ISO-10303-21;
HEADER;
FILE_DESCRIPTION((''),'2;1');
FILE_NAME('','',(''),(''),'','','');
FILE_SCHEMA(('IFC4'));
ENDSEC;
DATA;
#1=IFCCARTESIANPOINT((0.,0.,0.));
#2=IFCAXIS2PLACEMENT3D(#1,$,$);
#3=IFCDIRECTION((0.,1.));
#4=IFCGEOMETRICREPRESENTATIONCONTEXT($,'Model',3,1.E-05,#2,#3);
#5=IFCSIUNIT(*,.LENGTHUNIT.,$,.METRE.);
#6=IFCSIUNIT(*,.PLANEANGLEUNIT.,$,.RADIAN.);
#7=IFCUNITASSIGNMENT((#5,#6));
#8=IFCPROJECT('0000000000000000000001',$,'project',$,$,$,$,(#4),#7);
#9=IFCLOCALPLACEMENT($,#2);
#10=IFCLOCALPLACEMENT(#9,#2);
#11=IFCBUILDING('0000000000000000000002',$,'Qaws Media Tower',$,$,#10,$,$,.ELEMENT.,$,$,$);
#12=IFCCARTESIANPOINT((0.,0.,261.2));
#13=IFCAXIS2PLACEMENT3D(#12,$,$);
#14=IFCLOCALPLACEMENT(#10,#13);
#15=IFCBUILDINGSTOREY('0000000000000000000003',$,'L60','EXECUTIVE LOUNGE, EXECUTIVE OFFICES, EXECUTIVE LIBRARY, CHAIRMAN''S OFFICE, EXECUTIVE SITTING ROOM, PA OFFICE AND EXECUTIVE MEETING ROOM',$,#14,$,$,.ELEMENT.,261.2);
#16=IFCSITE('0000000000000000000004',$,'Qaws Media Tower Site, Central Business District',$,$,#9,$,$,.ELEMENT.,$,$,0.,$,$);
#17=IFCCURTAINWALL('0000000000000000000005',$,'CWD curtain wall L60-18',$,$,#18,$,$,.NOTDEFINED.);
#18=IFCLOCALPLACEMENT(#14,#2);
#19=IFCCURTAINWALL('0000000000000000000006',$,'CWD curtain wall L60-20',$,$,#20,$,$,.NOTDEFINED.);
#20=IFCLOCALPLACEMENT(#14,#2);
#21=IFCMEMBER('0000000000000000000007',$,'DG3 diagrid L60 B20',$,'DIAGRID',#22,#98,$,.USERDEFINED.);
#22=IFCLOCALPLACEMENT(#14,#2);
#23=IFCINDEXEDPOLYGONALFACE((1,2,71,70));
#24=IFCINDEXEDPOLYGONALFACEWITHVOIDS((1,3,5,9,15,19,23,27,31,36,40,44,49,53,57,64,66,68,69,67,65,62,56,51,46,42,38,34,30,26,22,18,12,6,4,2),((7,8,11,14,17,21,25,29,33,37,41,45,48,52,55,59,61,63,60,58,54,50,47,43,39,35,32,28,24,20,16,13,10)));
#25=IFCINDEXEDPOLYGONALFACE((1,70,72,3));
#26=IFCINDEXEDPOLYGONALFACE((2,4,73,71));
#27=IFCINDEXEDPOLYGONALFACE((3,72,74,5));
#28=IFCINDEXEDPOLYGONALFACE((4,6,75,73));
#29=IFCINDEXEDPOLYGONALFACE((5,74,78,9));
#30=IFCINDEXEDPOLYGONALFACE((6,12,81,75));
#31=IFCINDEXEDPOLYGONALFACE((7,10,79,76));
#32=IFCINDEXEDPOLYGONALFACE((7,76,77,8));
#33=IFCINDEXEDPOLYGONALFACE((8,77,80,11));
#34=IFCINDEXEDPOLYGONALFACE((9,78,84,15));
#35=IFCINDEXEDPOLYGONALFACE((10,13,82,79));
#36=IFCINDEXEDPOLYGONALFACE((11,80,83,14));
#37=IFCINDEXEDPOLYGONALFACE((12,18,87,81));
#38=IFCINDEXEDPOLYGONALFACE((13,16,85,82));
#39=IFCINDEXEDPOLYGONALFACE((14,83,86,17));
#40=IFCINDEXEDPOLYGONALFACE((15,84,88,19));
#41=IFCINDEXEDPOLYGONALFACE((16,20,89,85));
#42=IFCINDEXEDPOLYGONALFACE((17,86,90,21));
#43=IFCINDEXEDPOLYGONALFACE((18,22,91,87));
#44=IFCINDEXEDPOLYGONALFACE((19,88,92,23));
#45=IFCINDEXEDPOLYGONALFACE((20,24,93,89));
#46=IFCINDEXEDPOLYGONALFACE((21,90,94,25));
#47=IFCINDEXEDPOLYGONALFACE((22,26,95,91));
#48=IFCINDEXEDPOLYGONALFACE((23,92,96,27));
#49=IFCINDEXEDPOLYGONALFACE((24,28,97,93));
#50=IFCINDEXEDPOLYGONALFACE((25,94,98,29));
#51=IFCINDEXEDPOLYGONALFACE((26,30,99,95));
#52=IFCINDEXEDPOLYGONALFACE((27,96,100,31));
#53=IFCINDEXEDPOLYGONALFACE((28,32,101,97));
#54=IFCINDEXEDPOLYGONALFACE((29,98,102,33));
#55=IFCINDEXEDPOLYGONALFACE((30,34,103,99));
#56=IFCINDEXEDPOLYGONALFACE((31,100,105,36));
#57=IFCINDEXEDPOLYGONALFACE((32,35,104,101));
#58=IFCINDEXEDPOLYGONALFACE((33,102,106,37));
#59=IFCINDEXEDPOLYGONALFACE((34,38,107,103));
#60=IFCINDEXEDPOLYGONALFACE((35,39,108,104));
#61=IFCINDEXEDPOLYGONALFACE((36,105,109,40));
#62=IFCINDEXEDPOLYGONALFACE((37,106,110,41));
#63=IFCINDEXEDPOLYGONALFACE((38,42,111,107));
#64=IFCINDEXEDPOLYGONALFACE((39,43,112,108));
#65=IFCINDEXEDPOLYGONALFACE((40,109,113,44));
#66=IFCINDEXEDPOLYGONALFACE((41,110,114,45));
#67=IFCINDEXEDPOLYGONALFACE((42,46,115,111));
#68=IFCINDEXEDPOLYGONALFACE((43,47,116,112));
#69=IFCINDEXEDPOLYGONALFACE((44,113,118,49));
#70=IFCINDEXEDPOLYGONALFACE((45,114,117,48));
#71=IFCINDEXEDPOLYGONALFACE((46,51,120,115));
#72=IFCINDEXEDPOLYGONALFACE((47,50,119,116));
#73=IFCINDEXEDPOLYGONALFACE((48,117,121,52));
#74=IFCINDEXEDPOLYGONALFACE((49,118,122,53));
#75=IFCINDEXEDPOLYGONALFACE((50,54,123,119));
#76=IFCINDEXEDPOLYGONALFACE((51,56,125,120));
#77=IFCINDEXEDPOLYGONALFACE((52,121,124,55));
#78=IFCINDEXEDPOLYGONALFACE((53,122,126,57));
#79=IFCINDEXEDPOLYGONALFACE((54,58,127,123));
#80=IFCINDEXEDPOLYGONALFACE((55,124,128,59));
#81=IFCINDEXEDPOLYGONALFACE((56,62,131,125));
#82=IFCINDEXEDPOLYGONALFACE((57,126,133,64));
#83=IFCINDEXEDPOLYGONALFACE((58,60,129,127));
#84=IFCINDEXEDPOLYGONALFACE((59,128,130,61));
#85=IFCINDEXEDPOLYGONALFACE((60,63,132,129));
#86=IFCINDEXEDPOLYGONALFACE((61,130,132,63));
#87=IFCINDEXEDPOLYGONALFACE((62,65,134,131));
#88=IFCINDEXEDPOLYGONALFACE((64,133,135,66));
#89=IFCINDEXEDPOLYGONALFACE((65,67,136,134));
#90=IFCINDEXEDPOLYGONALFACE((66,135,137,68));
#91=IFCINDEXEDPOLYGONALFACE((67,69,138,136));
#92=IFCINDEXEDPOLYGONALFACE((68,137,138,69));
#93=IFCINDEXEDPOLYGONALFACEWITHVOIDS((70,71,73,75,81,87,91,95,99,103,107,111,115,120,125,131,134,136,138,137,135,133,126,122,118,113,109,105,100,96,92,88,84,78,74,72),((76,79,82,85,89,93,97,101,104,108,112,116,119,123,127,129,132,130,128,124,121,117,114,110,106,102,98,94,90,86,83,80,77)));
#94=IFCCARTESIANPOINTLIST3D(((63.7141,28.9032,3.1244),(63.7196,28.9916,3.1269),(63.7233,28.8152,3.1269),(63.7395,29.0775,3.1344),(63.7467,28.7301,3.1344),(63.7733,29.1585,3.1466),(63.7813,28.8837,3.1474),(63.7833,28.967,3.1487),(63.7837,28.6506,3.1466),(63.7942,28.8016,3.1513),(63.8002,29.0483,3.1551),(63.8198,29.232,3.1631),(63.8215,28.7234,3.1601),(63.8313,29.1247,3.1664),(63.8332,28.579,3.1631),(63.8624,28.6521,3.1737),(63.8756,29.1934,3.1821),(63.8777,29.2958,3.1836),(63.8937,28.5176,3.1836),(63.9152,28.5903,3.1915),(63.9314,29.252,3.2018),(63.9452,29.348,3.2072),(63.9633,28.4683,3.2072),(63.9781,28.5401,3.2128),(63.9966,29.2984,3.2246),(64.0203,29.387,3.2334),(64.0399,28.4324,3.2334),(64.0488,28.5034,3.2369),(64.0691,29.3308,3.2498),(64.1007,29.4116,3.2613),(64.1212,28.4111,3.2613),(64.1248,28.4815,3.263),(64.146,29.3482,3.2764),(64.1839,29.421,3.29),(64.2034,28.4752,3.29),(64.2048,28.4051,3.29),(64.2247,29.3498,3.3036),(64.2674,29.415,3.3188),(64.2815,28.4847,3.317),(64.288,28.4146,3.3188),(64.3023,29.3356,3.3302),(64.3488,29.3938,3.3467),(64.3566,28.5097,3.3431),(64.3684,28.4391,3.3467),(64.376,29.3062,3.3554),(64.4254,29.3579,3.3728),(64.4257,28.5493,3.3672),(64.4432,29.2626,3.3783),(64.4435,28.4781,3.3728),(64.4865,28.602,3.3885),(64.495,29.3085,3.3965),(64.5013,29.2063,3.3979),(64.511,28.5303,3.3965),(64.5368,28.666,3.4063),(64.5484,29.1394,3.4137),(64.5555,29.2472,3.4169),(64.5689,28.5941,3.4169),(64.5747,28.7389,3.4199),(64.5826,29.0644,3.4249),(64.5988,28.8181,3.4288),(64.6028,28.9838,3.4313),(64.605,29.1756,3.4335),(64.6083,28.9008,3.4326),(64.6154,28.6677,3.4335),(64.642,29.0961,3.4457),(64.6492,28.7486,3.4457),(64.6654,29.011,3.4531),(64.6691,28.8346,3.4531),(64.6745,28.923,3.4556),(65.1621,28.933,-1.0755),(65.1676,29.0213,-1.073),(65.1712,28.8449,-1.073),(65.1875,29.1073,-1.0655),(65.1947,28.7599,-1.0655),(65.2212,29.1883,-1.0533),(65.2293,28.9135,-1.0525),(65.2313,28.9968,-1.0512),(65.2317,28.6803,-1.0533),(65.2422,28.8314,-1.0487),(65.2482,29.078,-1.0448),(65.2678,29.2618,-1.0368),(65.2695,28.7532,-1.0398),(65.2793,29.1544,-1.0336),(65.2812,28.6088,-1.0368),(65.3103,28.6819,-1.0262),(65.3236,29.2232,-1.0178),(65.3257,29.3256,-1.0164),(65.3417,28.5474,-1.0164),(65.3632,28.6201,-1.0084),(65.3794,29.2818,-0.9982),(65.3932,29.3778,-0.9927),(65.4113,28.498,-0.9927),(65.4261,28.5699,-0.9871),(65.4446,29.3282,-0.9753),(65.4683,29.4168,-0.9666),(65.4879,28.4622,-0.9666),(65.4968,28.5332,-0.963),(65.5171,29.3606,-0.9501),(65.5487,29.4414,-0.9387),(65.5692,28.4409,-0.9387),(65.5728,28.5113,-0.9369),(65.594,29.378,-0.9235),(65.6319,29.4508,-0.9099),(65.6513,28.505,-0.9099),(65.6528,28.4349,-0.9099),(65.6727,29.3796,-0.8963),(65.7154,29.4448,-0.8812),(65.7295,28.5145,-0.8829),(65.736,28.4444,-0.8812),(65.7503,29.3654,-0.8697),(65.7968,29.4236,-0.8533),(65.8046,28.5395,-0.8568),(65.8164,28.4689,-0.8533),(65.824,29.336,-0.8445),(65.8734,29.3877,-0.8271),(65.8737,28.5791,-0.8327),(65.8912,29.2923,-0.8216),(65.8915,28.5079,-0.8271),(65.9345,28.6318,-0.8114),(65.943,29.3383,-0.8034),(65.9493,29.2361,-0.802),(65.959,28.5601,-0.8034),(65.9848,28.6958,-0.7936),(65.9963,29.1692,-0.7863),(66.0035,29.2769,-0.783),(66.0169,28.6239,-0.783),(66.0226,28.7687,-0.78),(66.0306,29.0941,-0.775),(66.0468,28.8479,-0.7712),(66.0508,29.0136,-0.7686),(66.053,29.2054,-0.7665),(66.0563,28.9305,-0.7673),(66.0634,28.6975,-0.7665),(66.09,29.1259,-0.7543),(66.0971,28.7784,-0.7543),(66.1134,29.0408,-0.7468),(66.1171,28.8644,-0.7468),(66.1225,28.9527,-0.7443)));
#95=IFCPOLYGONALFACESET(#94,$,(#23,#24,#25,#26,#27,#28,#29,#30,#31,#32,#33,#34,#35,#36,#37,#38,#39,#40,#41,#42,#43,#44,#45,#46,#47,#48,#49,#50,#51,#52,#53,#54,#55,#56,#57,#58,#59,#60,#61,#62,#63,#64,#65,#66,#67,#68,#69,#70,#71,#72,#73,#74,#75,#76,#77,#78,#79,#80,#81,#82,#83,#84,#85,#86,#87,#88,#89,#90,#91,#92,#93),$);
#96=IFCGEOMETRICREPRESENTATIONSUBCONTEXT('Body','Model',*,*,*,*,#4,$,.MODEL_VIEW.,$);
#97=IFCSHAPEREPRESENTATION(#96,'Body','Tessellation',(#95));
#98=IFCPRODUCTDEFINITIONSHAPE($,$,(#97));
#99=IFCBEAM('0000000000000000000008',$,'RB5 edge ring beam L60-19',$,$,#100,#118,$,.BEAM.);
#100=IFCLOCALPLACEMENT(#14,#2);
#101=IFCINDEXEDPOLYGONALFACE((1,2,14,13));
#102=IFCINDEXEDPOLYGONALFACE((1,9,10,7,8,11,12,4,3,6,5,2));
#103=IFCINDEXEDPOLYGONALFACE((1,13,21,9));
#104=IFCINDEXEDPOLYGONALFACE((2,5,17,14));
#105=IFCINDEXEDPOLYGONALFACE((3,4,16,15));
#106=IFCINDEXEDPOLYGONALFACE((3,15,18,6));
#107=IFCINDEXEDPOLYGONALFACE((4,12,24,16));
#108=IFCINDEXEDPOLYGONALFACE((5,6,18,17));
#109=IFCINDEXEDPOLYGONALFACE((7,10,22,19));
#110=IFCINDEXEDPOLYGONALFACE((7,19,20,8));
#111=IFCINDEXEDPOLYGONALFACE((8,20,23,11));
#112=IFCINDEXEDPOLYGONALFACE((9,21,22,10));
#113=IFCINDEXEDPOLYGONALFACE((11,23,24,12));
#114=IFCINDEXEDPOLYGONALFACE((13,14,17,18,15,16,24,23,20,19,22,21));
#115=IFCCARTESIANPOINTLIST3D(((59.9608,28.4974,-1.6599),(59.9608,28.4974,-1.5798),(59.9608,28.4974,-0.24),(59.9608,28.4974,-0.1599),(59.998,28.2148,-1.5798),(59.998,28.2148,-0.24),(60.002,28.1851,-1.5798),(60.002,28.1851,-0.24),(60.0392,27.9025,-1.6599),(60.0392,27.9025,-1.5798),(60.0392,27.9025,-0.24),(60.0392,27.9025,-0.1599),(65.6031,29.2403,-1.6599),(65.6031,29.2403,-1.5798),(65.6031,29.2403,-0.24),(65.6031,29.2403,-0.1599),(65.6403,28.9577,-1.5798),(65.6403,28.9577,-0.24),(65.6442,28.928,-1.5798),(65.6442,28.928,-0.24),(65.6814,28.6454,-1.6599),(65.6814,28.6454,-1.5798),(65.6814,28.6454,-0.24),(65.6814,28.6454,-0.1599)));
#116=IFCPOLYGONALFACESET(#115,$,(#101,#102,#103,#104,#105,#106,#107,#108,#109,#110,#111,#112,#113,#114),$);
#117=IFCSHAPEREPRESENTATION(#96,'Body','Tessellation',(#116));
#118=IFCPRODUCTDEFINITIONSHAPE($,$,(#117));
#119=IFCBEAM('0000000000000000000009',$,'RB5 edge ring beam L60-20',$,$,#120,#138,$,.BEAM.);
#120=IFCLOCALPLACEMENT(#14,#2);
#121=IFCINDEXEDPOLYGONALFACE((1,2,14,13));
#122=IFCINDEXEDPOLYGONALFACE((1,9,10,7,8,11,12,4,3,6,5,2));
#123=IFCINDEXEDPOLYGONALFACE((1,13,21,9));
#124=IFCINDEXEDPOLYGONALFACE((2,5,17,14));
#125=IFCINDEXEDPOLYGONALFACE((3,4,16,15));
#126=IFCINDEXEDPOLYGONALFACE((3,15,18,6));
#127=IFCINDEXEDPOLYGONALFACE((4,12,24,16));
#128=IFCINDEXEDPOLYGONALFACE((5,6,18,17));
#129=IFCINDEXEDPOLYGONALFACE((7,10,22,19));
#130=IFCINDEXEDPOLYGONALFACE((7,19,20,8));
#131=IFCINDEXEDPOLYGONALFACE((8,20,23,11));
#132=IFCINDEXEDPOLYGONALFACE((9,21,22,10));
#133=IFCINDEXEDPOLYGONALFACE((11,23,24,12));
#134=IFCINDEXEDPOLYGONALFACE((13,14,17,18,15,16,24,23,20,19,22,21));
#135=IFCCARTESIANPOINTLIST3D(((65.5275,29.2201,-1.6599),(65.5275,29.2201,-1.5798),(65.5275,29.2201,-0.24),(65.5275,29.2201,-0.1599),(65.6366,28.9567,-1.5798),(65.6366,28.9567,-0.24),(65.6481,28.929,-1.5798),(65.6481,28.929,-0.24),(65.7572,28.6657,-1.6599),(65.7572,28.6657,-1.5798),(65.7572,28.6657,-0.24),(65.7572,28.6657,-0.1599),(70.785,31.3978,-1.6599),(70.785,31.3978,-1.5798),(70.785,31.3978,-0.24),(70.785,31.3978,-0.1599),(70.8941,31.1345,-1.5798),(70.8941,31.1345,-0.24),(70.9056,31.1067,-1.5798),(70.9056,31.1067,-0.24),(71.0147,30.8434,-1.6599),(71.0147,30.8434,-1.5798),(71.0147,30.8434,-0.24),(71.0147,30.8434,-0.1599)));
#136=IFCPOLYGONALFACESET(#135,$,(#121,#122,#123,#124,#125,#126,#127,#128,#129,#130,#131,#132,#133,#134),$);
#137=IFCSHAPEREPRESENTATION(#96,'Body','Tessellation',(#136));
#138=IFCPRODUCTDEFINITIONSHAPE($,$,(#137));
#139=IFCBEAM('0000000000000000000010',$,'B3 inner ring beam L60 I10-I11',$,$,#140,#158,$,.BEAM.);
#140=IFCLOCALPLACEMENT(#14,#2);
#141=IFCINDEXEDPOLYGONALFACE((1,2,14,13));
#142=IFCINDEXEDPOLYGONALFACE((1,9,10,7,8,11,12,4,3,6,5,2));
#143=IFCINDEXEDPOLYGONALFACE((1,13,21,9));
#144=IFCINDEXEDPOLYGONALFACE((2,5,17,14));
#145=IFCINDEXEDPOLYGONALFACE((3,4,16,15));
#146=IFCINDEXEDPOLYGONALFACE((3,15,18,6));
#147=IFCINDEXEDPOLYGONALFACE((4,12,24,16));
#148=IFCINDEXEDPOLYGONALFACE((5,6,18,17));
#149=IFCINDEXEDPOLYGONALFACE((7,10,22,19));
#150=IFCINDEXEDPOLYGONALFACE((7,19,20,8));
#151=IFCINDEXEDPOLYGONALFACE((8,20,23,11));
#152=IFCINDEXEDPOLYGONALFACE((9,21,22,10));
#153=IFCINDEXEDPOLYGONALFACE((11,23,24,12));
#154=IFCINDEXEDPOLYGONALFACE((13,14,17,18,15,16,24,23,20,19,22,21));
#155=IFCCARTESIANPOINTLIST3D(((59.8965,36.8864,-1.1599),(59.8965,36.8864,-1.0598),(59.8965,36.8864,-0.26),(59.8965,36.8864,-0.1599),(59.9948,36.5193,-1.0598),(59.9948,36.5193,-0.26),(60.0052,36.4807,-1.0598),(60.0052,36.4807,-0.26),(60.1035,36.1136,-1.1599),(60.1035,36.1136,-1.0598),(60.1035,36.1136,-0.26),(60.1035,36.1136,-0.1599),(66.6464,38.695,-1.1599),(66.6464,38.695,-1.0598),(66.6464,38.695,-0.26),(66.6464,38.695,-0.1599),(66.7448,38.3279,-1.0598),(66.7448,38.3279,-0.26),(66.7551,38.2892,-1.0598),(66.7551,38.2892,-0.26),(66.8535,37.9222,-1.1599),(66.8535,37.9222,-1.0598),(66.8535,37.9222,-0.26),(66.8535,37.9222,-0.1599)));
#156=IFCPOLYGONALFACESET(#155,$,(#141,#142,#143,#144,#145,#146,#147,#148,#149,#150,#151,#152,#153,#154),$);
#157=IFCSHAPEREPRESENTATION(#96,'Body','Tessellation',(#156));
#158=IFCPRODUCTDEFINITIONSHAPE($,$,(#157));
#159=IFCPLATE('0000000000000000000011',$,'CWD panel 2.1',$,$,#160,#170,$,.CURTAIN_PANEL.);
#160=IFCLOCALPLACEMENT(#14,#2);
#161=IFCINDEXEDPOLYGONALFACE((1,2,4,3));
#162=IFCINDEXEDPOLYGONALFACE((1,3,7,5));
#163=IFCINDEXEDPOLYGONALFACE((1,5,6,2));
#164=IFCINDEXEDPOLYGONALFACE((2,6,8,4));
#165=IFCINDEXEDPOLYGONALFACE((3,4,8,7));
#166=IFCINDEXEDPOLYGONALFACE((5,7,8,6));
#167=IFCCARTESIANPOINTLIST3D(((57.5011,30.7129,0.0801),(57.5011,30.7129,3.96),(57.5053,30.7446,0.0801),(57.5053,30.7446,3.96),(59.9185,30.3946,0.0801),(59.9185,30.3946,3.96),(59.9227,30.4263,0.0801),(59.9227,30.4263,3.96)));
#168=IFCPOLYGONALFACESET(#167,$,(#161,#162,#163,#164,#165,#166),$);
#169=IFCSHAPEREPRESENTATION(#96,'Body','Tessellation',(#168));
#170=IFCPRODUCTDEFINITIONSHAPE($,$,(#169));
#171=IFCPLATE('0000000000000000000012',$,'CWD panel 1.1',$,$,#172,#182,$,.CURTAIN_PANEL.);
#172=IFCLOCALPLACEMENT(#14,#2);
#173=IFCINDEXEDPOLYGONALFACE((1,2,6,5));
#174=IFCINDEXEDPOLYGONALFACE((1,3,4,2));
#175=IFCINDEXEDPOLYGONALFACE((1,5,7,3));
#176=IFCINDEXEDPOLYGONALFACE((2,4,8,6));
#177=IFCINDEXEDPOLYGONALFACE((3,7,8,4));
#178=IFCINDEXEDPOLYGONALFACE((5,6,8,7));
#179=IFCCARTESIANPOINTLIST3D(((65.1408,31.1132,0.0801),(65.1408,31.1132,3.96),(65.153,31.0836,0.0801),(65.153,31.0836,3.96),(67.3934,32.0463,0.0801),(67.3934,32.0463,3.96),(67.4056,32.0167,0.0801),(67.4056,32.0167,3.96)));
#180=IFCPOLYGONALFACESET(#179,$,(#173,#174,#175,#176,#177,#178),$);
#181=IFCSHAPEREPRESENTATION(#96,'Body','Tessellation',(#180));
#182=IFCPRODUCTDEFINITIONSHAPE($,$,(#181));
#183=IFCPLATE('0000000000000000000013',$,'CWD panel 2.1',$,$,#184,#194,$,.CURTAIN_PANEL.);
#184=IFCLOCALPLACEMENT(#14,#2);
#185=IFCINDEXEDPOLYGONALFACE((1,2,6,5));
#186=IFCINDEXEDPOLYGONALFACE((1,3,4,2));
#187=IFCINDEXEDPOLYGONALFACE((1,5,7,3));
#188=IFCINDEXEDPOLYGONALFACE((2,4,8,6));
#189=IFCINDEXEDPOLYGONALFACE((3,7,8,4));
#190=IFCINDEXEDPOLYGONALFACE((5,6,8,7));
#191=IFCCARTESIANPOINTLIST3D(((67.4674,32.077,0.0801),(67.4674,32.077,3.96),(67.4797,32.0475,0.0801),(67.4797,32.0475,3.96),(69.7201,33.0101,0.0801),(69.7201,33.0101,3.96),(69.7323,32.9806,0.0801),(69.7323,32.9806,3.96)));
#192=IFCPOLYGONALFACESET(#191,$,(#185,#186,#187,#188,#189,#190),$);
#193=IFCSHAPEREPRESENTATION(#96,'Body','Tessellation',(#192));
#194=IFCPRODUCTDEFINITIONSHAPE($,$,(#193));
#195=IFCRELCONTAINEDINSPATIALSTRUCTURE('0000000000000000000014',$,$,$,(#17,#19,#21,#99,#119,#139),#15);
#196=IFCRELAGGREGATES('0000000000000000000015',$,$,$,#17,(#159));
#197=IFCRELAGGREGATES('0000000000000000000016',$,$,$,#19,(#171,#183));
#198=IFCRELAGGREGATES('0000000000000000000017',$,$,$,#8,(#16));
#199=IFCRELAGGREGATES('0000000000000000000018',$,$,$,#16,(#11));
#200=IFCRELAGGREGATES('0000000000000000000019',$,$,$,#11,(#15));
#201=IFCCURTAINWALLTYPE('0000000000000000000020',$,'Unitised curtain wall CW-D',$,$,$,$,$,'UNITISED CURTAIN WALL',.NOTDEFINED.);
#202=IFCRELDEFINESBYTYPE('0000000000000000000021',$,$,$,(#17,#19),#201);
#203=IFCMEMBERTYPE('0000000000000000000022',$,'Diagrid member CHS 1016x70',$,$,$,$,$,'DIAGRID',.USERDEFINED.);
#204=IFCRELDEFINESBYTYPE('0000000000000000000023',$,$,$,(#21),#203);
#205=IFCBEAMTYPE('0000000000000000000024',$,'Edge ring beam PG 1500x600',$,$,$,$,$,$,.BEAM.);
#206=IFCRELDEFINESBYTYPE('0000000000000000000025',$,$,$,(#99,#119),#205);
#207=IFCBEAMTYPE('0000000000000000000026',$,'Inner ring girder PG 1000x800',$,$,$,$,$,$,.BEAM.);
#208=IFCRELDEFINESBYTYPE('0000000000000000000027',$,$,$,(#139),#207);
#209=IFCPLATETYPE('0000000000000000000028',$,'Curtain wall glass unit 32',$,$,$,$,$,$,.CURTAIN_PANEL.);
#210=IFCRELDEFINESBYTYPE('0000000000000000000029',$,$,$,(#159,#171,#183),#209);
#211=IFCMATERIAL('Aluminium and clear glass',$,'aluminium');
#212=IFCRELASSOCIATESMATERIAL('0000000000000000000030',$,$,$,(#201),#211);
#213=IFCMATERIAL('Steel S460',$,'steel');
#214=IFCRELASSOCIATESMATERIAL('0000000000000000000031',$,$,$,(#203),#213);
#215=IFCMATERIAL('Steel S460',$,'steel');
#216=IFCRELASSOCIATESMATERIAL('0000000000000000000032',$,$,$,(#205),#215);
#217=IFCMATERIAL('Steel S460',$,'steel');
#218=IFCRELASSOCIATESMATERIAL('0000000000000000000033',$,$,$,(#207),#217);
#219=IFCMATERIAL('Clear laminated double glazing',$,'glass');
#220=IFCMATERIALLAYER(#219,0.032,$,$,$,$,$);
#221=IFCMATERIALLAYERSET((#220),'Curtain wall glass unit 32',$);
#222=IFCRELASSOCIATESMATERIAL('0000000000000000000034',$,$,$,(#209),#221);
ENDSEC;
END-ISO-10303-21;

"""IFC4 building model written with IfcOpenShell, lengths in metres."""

from ifc_helpers import new_model, si_unit, direction, frame, origin, origin_2d, place, context, subcontext, project, spatial, rectangle, hollow_circle, i_section, extrude, material, layer, layer_set, material_profile, profile_set, type_object, element, aggregate, save


model = new_model("IFC4")

# Units and contexts
model_context = context("Model", 3, precision=1e-05, world=origin(), true_north=direction((0.0, 1.0)))
body_context = subcontext(model_context, "Body", "Model", "MODEL_VIEW")
ifc_project = project(units=[si_unit("LENGTHUNIT", "METRE"), si_unit("PLANEANGLEUNIT", "RADIAN")], contexts=[model_context])

# Site, building, storey
site_placement = place(None, origin())
site = spatial("IfcSite", under=ifc_project, at=site_placement, Name="Qaws Media Tower Site, Central Business District", CompositionType="ELEMENT", RefElevation=0.0)
building_placement = place(site_placement, origin())
building = spatial("IfcBuilding", under=site, at=building_placement, Name="Qaws Media Tower", CompositionType="ELEMENT")
storey_placement = place(building_placement, frame((0.0, 0.0, 261.2)))
storey = spatial("IfcBuildingStorey", under=building, at=storey_placement, Name="L60", Description="EXECUTIVE LOUNGE, EXECUTIVE OFFICES, EXECUTIVE LIBRARY, CHAIRMAN'S OFFICE, EXECUTIVE SITTING ROOM, PA OFFICE AND EXECUTIVE MEETING ROOM", CompositionType="ELEMENT", Elevation=261.2)

# Curtain walls
ifc_material_1 = material(Name="Aluminium and clear glass", Category="aluminium")
curtain_wall_type = type_object("IfcCurtainWallType", Name="Unitised curtain wall CW-D", ElementType="UNITISED CURTAIN WALL", PredefinedType="NOTDEFINED", material=ifc_material_1)
curtain_wall_1_placement = place(storey_placement, origin())
curtain_wall_1 = element("IfcCurtainWall", 1, at=curtain_wall_1_placement, inside=storey, type_object=curtain_wall_type, Name="CWD curtain wall L60-18", PredefinedType="NOTDEFINED")
curtain_wall_2_placement = place(storey_placement, origin())
curtain_wall_2 = element("IfcCurtainWall", 2, at=curtain_wall_2_placement, inside=storey, type_object=curtain_wall_type, Name="CWD curtain wall L60-20", PredefinedType="NOTDEFINED")

# Member
ifc_material_2 = material(Name="Steel S460", Category="steel")
ifc_material_profile_1 = material_profile(ifc_material_2, hollow_circle(Radius=0.5081, WallThickness=0.0701, at=origin_2d()), Name="CHS 1016x70")
ifc_profile_set_1 = profile_set([ifc_material_profile_1], Name="Steel S460")
member_type_1 = type_object("IfcMemberType", Name="Diagrid member CHS 1016x70", ElementType="DIAGRID", PredefinedType="USERDEFINED", material=ifc_profile_set_1)
for number, where, z_axis, x_axis, name in (
    (3, (65.6423, 28.9429, -0.9099), (-0.325931, -0.006704, 0.94537), (0.020566, -0.999789, 0.0), "DG3 diagrid L60 B20"),
):
    element("IfcMember", number, at=place(storey_placement, frame(where, z_axis=z_axis, x_axis=x_axis)), inside=storey, type_object=member_type_1, Name=name, ObjectType="DIAGRID", PredefinedType="USERDEFINED", context=body_context, shape_type="SweptSolid", body=[
        extrude(hollow_circle(Radius=0.5081, WallThickness=0.0701, at=origin_2d()), origin(), (0.0, 0.0, 1.0), 4.4426),
    ])

# Beams
ifc_material_3 = material(Name="Steel S460", Category="steel")
ifc_material_profile_2 = material_profile(ifc_material_3, i_section(OverallWidth=0.6001, OverallDepth=1.5, WebThickness=0.03, FlangeThickness=0.0801, at=origin_2d()), Name="PG 1500x600")
ifc_profile_set_2 = profile_set([ifc_material_profile_2], Name="Steel S460")
beam_type_1 = type_object("IfcBeamType", Name="Edge ring beam PG 1500x600", PredefinedType="BEAM", material=ifc_profile_set_2)
beam_1_placement = place(storey_placement, frame((60.0, 28.2, -0.9099), z_axis=(0.991443, 0.130542, 0.0), x_axis=(-0.130542, 0.991443, 0.0)))
element("IfcBeam", 4, at=beam_1_placement, inside=storey, type_object=beam_type_1, Name="RB5 edge ring beam L60-19", PredefinedType="BEAM", context=body_context, shape_type="SweptSolid", body=[
    extrude(i_section(OverallWidth=0.6001, OverallDepth=1.5, WebThickness=0.03, FlangeThickness=0.0801, at=origin_2d()), origin(), (0.0, 0.0, 1.0), 5.6909),
])
beam_2_placement = place(storey_placement, frame((65.6423, 28.9429, -0.9099), z_axis=(0.923881, 0.38268, 0.0), x_axis=(-0.38268, 0.923881, 0.0)))
element("IfcBeam", 5, at=beam_2_placement, inside=storey, type_object=beam_type_1, Name="RB5 edge ring beam L60-20", PredefinedType="BEAM", context=body_context, shape_type="SweptSolid", body=[
    extrude(i_section(OverallWidth=0.6001, OverallDepth=1.5, WebThickness=0.03, FlangeThickness=0.0801, at=origin_2d()), origin(), (0.0, 0.0, 1.0), 5.6907),
])
ifc_material_4 = material(Name="Steel S460", Category="steel")
ifc_material_profile_3 = material_profile(ifc_material_4, i_section(OverallWidth=0.8, OverallDepth=1.0, WebThickness=0.04, FlangeThickness=0.1001, at=origin_2d()), Name="PG 1000x800")
ifc_profile_set_3 = profile_set([ifc_material_profile_3], Name="Steel S460")
beam_type_2 = type_object("IfcBeamType", Name="Inner ring girder PG 1000x800", PredefinedType="BEAM", material=ifc_profile_set_3)
beam_3_placement = place(storey_placement, frame((60.0, 36.5, -0.6599), z_axis=(0.965928, 0.258811, 0.0), x_axis=(-0.258811, 0.965928, 0.0)))
element("IfcBeam", 6, at=beam_3_placement, inside=storey, type_object=beam_type_2, Name="B3 inner ring beam L60 I10-I11", PredefinedType="BEAM", context=body_context, shape_type="SweptSolid", body=[
    extrude(i_section(OverallWidth=0.8, OverallDepth=1.0, WebThickness=0.04, FlangeThickness=0.1001, at=origin_2d()), origin(), (0.0, 0.0, 1.0), 6.988),
])

# Plates
ifc_material_5 = material(Name="Clear laminated double glazing", Category="glass")
ifc_layer_1 = layer(ifc_material_5, 0.032)
ifc_layer_set_1 = layer_set([ifc_layer_1], Name="Curtain wall glass unit 32")
plate_type_1 = type_object("IfcPlateType", Name="Curtain wall glass unit 32", PredefinedType="CURTAIN_PANEL", material=ifc_layer_set_1)
plate_1_placement = place(storey_placement, frame((58.7119, 30.5696, 0.0801), z_axis=(0.0, 0.0, 1.0), x_axis=(0.991445, -0.130526, 0.0)))
plate_1 = element("IfcPlate", 7, at=plate_1_placement, type_object=plate_type_1, Name="CWD panel 2.1", PredefinedType="CURTAIN_PANEL", context=body_context, shape_type="SweptSolid", body=[
    extrude(rectangle(XDim=2.4382, YDim=0.032, at=origin_2d()), origin(), (0.0, 0.0, 1.0), 3.8799),
])
aggregate(curtain_wall_1, [plate_1])
plate_2_placement = place(storey_placement, frame((66.2732, 31.5649, 0.0801), z_axis=(0.0, 0.0, 1.0), x_axis=(0.92388, 0.382683, 0.0)))
plate_2 = element("IfcPlate", 8, at=plate_2_placement, type_object=plate_type_1, Name="CWD panel 1.1", PredefinedType="CURTAIN_PANEL", context=body_context, shape_type="SweptSolid", body=[
    extrude(rectangle(XDim=2.4382, YDim=0.032, at=origin_2d()), origin(), (0.0, 0.0, 1.0), 3.8799),
])
plate_3_placement = place(storey_placement, frame((68.5999, 32.5288, 0.0801), z_axis=(0.0, 0.0, 1.0), x_axis=(0.92388, 0.382683, 0.0)))
plate_3 = element("IfcPlate", 9, at=plate_3_placement, type_object=plate_type_1, Name="CWD panel 2.1", PredefinedType="CURTAIN_PANEL", context=body_context, shape_type="SweptSolid", body=[
    extrude(rectangle(XDim=2.4382, YDim=0.032, at=origin_2d()), origin(), (0.0, 0.0, 1.0), 3.8799),
])
aggregate(curtain_wall_2, [plate_2, plate_3])

save(model, "model.ifc")
